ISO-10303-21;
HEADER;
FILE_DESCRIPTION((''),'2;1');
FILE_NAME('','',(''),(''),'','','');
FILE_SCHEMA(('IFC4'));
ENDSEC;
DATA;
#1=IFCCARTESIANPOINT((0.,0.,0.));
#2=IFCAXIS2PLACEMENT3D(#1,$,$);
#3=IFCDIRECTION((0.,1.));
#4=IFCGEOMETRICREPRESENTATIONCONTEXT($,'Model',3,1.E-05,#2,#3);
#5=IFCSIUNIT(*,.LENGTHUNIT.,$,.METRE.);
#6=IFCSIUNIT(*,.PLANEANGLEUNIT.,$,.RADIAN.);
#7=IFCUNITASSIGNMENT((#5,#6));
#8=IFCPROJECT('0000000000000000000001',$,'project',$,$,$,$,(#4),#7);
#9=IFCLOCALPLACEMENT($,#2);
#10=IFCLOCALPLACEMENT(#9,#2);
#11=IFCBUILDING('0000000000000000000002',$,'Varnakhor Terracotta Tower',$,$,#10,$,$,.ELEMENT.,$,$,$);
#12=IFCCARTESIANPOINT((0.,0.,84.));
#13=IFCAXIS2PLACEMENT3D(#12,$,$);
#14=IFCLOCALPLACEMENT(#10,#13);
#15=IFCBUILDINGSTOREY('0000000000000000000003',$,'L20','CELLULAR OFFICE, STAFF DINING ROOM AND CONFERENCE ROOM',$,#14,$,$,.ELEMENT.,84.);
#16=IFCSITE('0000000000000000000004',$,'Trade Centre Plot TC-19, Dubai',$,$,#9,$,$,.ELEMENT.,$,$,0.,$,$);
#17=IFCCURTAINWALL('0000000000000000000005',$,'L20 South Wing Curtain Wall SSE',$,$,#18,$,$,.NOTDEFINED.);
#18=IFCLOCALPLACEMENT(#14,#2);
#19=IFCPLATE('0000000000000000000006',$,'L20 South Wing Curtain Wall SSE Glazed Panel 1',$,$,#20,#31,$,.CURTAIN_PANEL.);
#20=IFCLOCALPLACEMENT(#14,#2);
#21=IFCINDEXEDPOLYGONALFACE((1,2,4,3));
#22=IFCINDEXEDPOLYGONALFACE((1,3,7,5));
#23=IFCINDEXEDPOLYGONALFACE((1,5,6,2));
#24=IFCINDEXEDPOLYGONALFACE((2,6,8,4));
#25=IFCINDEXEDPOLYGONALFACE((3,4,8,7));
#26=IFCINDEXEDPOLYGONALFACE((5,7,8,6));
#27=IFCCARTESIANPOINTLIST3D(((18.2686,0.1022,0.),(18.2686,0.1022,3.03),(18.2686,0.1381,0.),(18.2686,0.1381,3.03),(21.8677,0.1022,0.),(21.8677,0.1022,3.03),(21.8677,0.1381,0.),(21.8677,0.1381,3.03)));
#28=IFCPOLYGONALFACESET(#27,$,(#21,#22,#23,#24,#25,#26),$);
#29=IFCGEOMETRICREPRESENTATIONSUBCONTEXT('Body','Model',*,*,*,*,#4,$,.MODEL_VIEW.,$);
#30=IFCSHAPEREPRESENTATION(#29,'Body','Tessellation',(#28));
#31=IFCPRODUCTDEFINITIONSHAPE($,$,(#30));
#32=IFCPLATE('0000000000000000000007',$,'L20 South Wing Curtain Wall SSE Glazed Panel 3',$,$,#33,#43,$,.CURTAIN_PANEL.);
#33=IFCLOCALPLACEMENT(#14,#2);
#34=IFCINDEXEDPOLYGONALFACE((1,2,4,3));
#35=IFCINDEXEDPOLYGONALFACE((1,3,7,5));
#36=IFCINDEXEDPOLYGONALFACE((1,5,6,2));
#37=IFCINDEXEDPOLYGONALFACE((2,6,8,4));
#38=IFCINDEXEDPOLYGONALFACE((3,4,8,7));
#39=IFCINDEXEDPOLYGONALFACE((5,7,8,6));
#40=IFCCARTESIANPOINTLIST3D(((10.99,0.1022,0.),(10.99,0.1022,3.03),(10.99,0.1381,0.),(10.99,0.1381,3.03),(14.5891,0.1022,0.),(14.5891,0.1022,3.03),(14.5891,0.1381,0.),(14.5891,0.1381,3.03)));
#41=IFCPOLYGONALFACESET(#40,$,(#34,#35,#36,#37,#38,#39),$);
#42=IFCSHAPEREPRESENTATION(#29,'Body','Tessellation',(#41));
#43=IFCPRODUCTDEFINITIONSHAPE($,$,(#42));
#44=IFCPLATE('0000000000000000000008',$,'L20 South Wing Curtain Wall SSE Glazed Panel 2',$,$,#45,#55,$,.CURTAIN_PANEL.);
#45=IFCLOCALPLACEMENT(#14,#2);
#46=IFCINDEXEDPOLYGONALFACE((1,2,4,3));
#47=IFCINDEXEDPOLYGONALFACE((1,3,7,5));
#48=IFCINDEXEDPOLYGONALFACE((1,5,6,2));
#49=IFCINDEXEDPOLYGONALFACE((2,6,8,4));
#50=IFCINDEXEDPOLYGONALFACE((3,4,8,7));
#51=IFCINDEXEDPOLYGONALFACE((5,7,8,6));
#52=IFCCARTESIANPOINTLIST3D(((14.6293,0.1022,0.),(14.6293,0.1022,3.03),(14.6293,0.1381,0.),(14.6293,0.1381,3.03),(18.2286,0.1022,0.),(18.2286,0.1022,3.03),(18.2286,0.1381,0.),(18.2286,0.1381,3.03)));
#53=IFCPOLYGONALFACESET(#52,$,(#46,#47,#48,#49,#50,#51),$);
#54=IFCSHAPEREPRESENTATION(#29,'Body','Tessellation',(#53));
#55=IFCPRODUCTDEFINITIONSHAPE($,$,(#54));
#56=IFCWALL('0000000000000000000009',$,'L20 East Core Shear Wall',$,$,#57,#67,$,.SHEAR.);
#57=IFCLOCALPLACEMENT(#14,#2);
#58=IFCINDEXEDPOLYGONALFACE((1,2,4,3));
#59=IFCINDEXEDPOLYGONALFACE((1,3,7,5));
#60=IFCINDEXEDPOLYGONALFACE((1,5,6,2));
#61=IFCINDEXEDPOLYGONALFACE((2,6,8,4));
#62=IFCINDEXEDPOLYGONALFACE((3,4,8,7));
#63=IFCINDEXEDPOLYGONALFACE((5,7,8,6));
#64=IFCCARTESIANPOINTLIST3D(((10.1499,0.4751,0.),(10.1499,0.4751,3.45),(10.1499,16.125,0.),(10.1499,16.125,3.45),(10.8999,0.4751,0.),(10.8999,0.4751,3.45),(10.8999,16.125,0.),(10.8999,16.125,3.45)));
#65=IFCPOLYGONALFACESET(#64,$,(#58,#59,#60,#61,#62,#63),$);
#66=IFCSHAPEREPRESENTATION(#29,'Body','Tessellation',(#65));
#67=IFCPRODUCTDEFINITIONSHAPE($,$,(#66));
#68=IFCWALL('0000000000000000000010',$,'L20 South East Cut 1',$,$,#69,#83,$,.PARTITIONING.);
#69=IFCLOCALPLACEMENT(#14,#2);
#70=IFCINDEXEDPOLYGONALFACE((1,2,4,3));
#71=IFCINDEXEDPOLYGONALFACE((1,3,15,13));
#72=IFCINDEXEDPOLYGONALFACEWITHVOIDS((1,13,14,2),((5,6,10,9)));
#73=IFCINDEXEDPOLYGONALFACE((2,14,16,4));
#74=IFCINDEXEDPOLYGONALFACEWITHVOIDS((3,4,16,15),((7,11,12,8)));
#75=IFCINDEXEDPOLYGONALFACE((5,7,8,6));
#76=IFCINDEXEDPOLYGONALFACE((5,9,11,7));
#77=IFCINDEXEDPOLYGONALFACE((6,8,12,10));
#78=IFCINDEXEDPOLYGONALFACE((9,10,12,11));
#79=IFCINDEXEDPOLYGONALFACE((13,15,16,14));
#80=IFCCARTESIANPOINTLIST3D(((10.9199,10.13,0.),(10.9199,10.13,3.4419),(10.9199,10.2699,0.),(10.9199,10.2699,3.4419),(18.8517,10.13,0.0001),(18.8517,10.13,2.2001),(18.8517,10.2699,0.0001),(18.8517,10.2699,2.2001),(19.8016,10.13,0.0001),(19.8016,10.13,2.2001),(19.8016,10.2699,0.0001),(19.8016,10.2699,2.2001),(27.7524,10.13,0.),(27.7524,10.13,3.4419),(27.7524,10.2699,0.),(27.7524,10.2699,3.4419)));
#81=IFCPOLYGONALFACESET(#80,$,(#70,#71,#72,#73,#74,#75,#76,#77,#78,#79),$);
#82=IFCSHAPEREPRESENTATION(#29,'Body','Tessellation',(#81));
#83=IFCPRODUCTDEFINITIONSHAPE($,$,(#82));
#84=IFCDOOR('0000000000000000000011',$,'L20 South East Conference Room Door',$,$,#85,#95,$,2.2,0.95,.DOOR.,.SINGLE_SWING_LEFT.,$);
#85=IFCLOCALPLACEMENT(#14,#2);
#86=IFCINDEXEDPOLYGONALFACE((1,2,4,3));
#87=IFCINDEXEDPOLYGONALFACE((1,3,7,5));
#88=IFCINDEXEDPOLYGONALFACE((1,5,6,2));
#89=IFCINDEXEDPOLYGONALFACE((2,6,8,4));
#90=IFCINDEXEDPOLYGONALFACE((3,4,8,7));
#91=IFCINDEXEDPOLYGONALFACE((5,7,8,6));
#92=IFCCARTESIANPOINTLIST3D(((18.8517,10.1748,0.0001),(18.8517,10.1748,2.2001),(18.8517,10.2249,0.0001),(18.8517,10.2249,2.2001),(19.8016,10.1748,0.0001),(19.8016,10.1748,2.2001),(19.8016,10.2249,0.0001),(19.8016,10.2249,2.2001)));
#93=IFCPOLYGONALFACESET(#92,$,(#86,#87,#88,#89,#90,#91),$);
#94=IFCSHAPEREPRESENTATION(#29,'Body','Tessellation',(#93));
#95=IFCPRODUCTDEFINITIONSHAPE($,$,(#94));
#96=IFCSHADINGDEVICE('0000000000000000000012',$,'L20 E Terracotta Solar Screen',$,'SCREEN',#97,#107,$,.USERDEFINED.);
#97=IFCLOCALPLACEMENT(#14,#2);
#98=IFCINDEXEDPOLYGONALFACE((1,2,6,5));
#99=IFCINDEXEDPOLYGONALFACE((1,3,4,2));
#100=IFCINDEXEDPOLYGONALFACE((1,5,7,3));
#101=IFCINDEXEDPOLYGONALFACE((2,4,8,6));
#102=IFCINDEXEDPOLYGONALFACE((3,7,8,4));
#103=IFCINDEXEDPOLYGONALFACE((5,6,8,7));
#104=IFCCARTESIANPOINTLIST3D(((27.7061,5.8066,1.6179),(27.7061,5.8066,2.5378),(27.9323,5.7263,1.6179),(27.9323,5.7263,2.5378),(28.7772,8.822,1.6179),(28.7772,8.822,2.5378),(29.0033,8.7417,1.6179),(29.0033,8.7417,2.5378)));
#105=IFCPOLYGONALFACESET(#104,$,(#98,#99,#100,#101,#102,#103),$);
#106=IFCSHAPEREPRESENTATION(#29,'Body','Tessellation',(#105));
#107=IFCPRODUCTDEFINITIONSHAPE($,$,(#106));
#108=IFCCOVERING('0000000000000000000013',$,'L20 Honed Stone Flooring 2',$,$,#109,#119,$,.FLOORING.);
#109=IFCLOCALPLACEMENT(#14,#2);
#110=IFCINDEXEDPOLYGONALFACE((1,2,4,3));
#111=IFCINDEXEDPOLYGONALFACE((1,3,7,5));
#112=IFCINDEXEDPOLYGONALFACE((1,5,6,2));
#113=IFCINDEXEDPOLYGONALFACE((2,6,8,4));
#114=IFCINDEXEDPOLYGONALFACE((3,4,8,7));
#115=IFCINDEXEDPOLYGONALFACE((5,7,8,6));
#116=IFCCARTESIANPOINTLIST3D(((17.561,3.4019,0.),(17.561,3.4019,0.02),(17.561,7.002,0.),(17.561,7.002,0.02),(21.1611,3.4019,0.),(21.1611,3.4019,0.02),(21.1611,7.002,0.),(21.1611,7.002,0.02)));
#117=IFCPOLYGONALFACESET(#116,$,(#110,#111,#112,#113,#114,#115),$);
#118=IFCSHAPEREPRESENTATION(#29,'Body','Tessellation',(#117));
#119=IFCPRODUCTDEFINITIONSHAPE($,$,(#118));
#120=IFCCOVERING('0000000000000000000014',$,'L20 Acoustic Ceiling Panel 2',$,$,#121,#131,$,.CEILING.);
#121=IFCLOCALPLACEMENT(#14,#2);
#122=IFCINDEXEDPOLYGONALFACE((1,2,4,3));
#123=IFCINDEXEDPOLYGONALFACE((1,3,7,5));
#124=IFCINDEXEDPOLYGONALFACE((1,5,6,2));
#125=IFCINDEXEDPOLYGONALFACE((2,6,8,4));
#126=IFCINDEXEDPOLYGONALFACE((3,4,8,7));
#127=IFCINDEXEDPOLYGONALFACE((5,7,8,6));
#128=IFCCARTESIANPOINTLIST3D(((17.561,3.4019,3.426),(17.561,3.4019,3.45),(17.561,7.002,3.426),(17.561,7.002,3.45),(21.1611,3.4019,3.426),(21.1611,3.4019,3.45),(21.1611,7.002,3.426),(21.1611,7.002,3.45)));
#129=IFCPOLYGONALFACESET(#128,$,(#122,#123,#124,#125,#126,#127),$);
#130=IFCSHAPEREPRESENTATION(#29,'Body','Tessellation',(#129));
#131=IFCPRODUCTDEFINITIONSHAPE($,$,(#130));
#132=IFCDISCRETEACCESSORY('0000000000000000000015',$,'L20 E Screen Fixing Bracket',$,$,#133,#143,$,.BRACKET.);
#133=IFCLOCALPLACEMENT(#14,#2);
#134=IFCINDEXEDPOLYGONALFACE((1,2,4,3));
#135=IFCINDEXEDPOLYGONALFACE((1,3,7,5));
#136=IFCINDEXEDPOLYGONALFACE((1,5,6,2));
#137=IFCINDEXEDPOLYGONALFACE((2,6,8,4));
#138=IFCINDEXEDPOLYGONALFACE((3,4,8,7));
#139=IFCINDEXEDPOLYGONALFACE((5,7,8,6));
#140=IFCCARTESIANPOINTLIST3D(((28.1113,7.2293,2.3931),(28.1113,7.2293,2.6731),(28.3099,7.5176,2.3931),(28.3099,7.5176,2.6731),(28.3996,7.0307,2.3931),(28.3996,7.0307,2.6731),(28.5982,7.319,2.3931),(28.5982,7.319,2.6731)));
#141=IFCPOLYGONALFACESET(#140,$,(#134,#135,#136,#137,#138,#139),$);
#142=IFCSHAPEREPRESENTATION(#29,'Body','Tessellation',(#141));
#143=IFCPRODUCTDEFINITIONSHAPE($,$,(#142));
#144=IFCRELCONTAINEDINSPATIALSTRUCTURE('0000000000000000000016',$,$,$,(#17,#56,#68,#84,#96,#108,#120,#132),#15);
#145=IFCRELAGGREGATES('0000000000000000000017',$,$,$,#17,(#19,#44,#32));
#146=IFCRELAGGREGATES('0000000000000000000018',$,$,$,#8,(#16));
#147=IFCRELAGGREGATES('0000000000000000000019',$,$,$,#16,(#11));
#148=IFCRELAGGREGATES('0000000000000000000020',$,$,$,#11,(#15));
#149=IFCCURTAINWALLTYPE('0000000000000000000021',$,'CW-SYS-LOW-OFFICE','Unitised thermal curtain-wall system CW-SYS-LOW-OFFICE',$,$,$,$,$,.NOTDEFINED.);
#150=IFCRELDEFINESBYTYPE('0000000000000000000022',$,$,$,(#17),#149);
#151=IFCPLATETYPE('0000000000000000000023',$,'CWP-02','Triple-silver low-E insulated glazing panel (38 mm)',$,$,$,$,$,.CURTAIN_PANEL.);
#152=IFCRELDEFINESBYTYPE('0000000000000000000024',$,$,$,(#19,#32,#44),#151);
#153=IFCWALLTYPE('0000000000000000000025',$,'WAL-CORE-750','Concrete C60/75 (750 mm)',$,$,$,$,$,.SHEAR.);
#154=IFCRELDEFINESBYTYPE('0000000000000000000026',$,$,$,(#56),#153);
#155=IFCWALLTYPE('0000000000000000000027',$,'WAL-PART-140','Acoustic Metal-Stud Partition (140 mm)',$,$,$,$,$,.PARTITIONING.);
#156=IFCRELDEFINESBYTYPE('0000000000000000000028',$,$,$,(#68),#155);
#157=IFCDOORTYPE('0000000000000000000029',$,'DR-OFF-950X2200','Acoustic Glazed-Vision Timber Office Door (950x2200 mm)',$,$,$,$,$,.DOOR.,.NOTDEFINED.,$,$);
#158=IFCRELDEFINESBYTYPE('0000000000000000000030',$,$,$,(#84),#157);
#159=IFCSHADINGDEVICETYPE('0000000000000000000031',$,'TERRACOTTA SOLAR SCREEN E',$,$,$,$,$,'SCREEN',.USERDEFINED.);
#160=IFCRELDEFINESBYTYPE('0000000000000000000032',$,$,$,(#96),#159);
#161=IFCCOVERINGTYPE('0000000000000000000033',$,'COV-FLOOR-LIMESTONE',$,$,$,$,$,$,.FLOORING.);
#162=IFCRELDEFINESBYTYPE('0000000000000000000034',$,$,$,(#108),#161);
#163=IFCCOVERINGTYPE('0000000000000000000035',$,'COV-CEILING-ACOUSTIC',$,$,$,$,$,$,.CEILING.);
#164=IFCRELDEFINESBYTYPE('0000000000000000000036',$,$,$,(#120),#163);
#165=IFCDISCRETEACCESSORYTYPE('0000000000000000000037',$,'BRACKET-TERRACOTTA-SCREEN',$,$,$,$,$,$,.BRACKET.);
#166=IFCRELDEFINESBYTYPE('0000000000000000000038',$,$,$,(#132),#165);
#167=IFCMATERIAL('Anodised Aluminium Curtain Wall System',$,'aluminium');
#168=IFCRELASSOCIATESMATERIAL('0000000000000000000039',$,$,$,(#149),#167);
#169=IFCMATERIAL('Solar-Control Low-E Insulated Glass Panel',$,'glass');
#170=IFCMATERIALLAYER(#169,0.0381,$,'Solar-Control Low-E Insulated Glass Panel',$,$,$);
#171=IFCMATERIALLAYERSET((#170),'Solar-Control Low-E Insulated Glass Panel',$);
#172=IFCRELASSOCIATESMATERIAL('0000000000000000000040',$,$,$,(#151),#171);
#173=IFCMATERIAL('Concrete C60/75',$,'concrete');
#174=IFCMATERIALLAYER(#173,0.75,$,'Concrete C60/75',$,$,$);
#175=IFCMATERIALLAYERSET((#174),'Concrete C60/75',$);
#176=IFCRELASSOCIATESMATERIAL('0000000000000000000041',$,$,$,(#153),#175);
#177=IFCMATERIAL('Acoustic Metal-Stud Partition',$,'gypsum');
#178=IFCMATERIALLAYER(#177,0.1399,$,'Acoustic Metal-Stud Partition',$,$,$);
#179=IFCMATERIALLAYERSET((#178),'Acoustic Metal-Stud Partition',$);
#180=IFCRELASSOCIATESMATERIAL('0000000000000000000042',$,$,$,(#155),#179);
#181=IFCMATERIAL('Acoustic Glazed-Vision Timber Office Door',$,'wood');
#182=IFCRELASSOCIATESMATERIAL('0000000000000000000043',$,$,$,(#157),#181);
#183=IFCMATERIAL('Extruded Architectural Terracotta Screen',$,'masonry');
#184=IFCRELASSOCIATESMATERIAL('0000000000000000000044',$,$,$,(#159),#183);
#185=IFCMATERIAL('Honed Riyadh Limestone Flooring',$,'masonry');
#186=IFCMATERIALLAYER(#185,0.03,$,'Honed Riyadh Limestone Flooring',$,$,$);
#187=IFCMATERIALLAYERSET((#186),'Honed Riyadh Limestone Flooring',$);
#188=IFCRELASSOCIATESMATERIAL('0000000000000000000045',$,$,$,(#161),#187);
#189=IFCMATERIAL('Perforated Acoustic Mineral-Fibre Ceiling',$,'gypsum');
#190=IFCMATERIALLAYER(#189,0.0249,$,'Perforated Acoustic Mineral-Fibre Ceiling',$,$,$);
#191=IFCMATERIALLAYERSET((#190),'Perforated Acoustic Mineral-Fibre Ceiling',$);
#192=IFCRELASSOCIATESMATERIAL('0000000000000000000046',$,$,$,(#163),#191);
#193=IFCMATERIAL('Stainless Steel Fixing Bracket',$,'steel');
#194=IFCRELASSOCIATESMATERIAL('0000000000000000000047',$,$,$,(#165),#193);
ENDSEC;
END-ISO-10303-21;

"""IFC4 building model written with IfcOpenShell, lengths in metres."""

from ifc_helpers import new_model, si_unit, direction, frame, frame_2d, origin, origin_2d, place, context, subcontext, project, spatial, rectangle, extrude, source, transform, mapped, material, layer, layer_set, type_object, type_shapes, element, fill, aggregate, save


model = new_model("IFC4")

# Units and contexts
model_context = context("Model", 3, precision=1e-05, world=origin(), true_north=direction((0.0, 1.0)))
body_context = subcontext(model_context, "Body", "Model", "MODEL_VIEW")
ifc_project = project(units=[si_unit("LENGTHUNIT", "METRE"), si_unit("PLANEANGLEUNIT", "RADIAN")], contexts=[model_context])

# Site, building, storey
site_placement = place(None, origin())
site = spatial("IfcSite", under=ifc_project, at=site_placement, Name="Trade Centre Plot TC-19, Dubai", CompositionType="ELEMENT", RefElevation=0.0)
building_placement = place(site_placement, origin())
building = spatial("IfcBuilding", under=site, at=building_placement, Name="Varnakhor Terracotta Tower", CompositionType="ELEMENT")
storey_placement = place(building_placement, frame((0.0, 0.0, 84.0)))
storey = spatial("IfcBuildingStorey", under=building, at=storey_placement, Name="L20", Description="CELLULAR OFFICE, STAFF DINING ROOM AND CONFERENCE ROOM", CompositionType="ELEMENT", Elevation=84.0)

# Curtain wall
ifc_material_1 = material(Name="Anodised Aluminium Curtain Wall System", Category="aluminium")
curtain_wall_type = type_object("IfcCurtainWallType", Name="CW-SYS-LOW-OFFICE", Description="Unitised thermal curtain-wall system CW-SYS-LOW-OFFICE", PredefinedType="NOTDEFINED", material=ifc_material_1)
curtain_wall_1_placement = place(storey_placement, origin())
curtain_wall_1 = element("IfcCurtainWall", 1, at=curtain_wall_1_placement, inside=storey, type_object=curtain_wall_type, Name="L20 South Wing Curtain Wall SSE", PredefinedType="NOTDEFINED")

# Plates
ifc_material_2 = material(Name="Solar-Control Low-E Insulated Glass Panel", Category="glass")
ifc_layer_1 = layer(ifc_material_2, 0.0381, Name="Solar-Control Low-E Insulated Glass Panel")
ifc_layer_set_1 = layer_set([ifc_layer_1], Name="Solar-Control Low-E Insulated Glass Panel")
plate_type_1 = type_object("IfcPlateType", Name="CWP-02", Description="Triple-silver low-E insulated glazing panel (38 mm)", PredefinedType="CURTAIN_PANEL", material=ifc_layer_set_1)
shared_shape_1 = source(origin(), body_context, "Body", "SweptSolid", [
    extrude(rectangle(XDim=3.5991, YDim=0.0359, at=origin_2d()), origin(), (0.0, 0.0, 1.0), 3.03),
])
plate_1_placement = place(storey_placement, frame((20.0681, 0.1201, 0.0), z_axis=(0.0, 0.0, 1.0), x_axis=(-1.0, 0.0, 0.0)))
plate_1 = element("IfcPlate", 2, at=plate_1_placement, type_object=plate_type_1, Name="L20 South Wing Curtain Wall SSE Glazed Panel 1", PredefinedType="CURTAIN_PANEL", context=body_context, shape_type="MappedRepresentation", body=[
    mapped(shared_shape_1, transform((0.0, 0.0, 0.0), scale=1.0)),
])
plate_2_placement = place(storey_placement, frame((12.7896, 0.1201, 0.0), z_axis=(0.0, 0.0, 1.0), x_axis=(-1.0, 0.0, 0.0)))
plate_2 = element("IfcPlate", 3, at=plate_2_placement, type_object=plate_type_1, Name="L20 South Wing Curtain Wall SSE Glazed Panel 3", PredefinedType="CURTAIN_PANEL", context=body_context, shape_type="MappedRepresentation", body=[
    mapped(shared_shape_1, transform((0.0, 0.0, 0.0), scale=1.0)),
])
shared_shape_2 = source(origin(), body_context, "Body", "SweptSolid", [
    extrude(rectangle(XDim=3.5994, YDim=0.0359, at=origin_2d()), origin(), (0.0, 0.0, 1.0), 3.03),
])
plate_3_placement = place(storey_placement, frame((16.429, 0.1201, 0.0), z_axis=(0.0, 0.0, 1.0), x_axis=(-1.0, 0.0, 0.0)))
plate_3 = element("IfcPlate", 4, at=plate_3_placement, type_object=plate_type_1, Name="L20 South Wing Curtain Wall SSE Glazed Panel 2", PredefinedType="CURTAIN_PANEL", context=body_context, shape_type="MappedRepresentation", body=[
    mapped(shared_shape_2, transform((0.0, 0.0, 0.0), scale=1.0)),
])
aggregate(curtain_wall_1, [plate_1, plate_3, plate_2])

# Wall
ifc_material_3 = material(Name="Concrete C60/75", Category="concrete")
ifc_layer_2 = layer(ifc_material_3, 0.75, Name="Concrete C60/75")
ifc_layer_set_2 = layer_set([ifc_layer_2], Name="Concrete C60/75")
wall_type_1 = type_object("IfcWallType", Name="WAL-CORE-750", Description="Concrete C60/75 (750 mm)", PredefinedType="SHEAR", material=ifc_layer_set_2)
wall_1_placement = place(storey_placement, frame((10.5249, 0.4751, 0.0), z_axis=(0.0, 0.0, 1.0), x_axis=(0.0, 1.0, 0.0)))
element("IfcWall", 5, at=wall_1_placement, inside=storey, type_object=wall_type_1, Name="L20 East Core Shear Wall", PredefinedType="SHEAR", context=body_context, shape_type="SweptSolid", body=[
    extrude(rectangle(XDim=15.6499, YDim=0.75, at=frame_2d((7.825, 0.0))), origin(), (0.0, 0.0, 1.0), 3.45),
])

# Wall, opening, door
ifc_material_4 = material(Name="Acoustic Metal-Stud Partition", Category="gypsum")
ifc_layer_3 = layer(ifc_material_4, 0.1399, Name="Acoustic Metal-Stud Partition")
ifc_layer_set_3 = layer_set([ifc_layer_3], Name="Acoustic Metal-Stud Partition")
wall_type_2 = type_object("IfcWallType", Name="WAL-PART-140", Description="Acoustic Metal-Stud Partition (140 mm)", PredefinedType="PARTITIONING", material=ifc_layer_set_3)
wall_2_placement = place(storey_placement, frame((10.9199, 10.2, 0.0), z_axis=(0.0, 0.0, 1.0), x_axis=(1.0, 0.0, 0.0)))
wall_2 = element("IfcWall", 6, at=wall_2_placement, inside=storey, type_object=wall_type_2, Name="L20 South East Cut 1", PredefinedType="PARTITIONING", context=body_context, shape_type="SweptSolid", body=[
    extrude(rectangle(XDim=16.8325, YDim=0.1399, at=frame_2d((8.4163, 0.0))), origin(), (0.0, 0.0, 1.0), 3.4419),
])
opening_placement = place(wall_2_placement, frame((7.9316, 0.0, 0.0)))
opening = element("IfcOpeningElement", 7, at=opening_placement, cuts=wall_2, PredefinedType="OPENING", context=body_context, shape_type="SweptSolid", body=[
    extrude(rectangle(XDim=0.95, YDim=2.2, at=frame_2d((0.4751, 1.1001))), frame((0.0, 0.0801, 0.0), z_axis=(0.0, -1.0, 0.0), x_axis=(1.0, 0.0, 0.0)), (0.0, 0.0, 1.0), 0.1599),
])
ifc_material_5 = material(Name="Acoustic Glazed-Vision Timber Office Door", Category="wood")
door_type = type_object("IfcDoorType", Name="DR-OFF-950X2200", Description="Acoustic Glazed-Vision Timber Office Door (950x2200 mm)", OperationType="NOTDEFINED", PredefinedType="DOOR", material=ifc_material_5)
shared_shape_3 = source(origin(), body_context, "Body", "SweptSolid", [
    extrude(rectangle(XDim=0.95, YDim=2.2, at=frame_2d((0.4751, 1.1001))), frame((0.0, 0.0249, 0.0), z_axis=(0.0, -1.0, 0.0), x_axis=(1.0, 0.0, 0.0)), (0.0, 0.0, 1.0), 0.05),
])
type_shapes(door_type, [shared_shape_3])
door_placement = place(opening_placement, origin())
door = element("IfcDoor", 8, at=door_placement, inside=storey, type_object=door_type, Name="L20 South East Conference Room Door", OperationType="SINGLE_SWING_LEFT", OverallHeight=2.2, OverallWidth=0.95, PredefinedType="DOOR", context=body_context, shape_type="MappedRepresentation", body=[
    mapped(shared_shape_3, transform((0.0, 0.0, 0.0), scale=1.0)),
])
fill(opening, door)

# Shading device
ifc_material_6 = material(Name="Extruded Architectural Terracotta Screen", Category="masonry")
shading_device_type = type_object("IfcShadingDeviceType", Name="TERRACOTTA SOLAR SCREEN E", ElementType="SCREEN", PredefinedType="USERDEFINED", material=ifc_material_6)
shared_shape_4 = source(origin(), body_context, "Body", "SweptSolid", [
    extrude(rectangle(XDim=3.2, YDim=0.24, at=origin_2d()), origin(), (0.0, 0.0, 1.0), 0.9199),
])
type_shapes(shading_device_type, [shared_shape_4])
shading_device_placement = place(storey_placement, frame((28.3547, 7.2742, 1.6179), z_axis=(0.0, 0.0, 1.0), x_axis=(0.334712, 0.942321, 0.0)))
element("IfcShadingDevice", 9, at=shading_device_placement, inside=storey, type_object=shading_device_type, Name="L20 E Terracotta Solar Screen", ObjectType="SCREEN", PredefinedType="USERDEFINED", context=body_context, shape_type="MappedRepresentation", body=[
    mapped(shared_shape_4, transform((0.0, 0.0, 0.0), scale=1.0)),
])

# Coverings
ifc_material_7 = material(Name="Honed Riyadh Limestone Flooring", Category="masonry")
ifc_layer_4 = layer(ifc_material_7, 0.03, Name="Honed Riyadh Limestone Flooring")
ifc_layer_set_4 = layer_set([ifc_layer_4], Name="Honed Riyadh Limestone Flooring")
covering_type_1 = type_object("IfcCoveringType", Name="COV-FLOOR-LIMESTONE", PredefinedType="FLOORING", material=ifc_layer_set_4)
shared_shape_5 = source(origin(), body_context, "Body", "SweptSolid", [
    extrude(rectangle(XDim=3.6001, YDim=3.6001, at=origin_2d()), origin(), (0.0, 0.0, 1.0), 0.02),
])
covering_1_placement = place(storey_placement, frame((19.3611, 5.2019, 0.0), z_axis=(0.0, 0.0, 1.0), x_axis=(1.0, 0.0, 0.0)))
element("IfcCovering", 10, at=covering_1_placement, inside=storey, type_object=covering_type_1, Name="L20 Honed Stone Flooring 2", PredefinedType="FLOORING", context=body_context, shape_type="MappedRepresentation", body=[
    mapped(shared_shape_5, transform((0.0, 0.0, 0.0), scale=1.0)),
])
ifc_material_8 = material(Name="Perforated Acoustic Mineral-Fibre Ceiling", Category="gypsum")
ifc_layer_5 = layer(ifc_material_8, 0.0249, Name="Perforated Acoustic Mineral-Fibre Ceiling")
ifc_layer_set_5 = layer_set([ifc_layer_5], Name="Perforated Acoustic Mineral-Fibre Ceiling")
covering_type_2 = type_object("IfcCoveringType", Name="COV-CEILING-ACOUSTIC", PredefinedType="CEILING", material=ifc_layer_set_5)
shared_shape_6 = source(origin(), body_context, "Body", "SweptSolid", [
    extrude(rectangle(XDim=3.6001, YDim=3.6001, at=origin_2d()), origin(), (0.0, 0.0, 1.0), 0.0239),
])
covering_2_placement = place(storey_placement, frame((19.3611, 5.2019, 3.426), z_axis=(0.0, 0.0, 1.0), x_axis=(1.0, 0.0, 0.0)))
element("IfcCovering", 11, at=covering_2_placement, inside=storey, type_object=covering_type_2, Name="L20 Acoustic Ceiling Panel 2", PredefinedType="CEILING", context=body_context, shape_type="MappedRepresentation", body=[
    mapped(shared_shape_6, transform((0.0, 0.0, 0.0), scale=1.0)),
])

# Discrete accessory
ifc_material_9 = material(Name="Stainless Steel Fixing Bracket", Category="steel")
discrete_accessory_type = type_object("IfcDiscreteAccessoryType", Name="BRACKET-TERRACOTTA-SCREEN", PredefinedType="BRACKET", material=ifc_material_9)
shared_shape_7 = source(origin(), body_context, "Body", "SweptSolid", [
    extrude(rectangle(XDim=0.3501, YDim=0.3501, at=origin_2d()), origin(), (0.0, 0.0, 1.0), 0.28),
])
type_shapes(discrete_accessory_type, [shared_shape_7])
discrete_accessory_placement = place(storey_placement, frame((28.3547, 7.2742, 2.3931), z_axis=(0.0, 0.0, 1.0), x_axis=(0.567197, 0.823582, 0.0)))
element("IfcDiscreteAccessory", 12, at=discrete_accessory_placement, inside=storey, type_object=discrete_accessory_type, Name="L20 E Screen Fixing Bracket", PredefinedType="BRACKET", context=body_context, shape_type="MappedRepresentation", body=[
    mapped(shared_shape_7, transform((0.0, 0.0, 0.0), scale=1.0)),
])

save(model, "model.ifc")
